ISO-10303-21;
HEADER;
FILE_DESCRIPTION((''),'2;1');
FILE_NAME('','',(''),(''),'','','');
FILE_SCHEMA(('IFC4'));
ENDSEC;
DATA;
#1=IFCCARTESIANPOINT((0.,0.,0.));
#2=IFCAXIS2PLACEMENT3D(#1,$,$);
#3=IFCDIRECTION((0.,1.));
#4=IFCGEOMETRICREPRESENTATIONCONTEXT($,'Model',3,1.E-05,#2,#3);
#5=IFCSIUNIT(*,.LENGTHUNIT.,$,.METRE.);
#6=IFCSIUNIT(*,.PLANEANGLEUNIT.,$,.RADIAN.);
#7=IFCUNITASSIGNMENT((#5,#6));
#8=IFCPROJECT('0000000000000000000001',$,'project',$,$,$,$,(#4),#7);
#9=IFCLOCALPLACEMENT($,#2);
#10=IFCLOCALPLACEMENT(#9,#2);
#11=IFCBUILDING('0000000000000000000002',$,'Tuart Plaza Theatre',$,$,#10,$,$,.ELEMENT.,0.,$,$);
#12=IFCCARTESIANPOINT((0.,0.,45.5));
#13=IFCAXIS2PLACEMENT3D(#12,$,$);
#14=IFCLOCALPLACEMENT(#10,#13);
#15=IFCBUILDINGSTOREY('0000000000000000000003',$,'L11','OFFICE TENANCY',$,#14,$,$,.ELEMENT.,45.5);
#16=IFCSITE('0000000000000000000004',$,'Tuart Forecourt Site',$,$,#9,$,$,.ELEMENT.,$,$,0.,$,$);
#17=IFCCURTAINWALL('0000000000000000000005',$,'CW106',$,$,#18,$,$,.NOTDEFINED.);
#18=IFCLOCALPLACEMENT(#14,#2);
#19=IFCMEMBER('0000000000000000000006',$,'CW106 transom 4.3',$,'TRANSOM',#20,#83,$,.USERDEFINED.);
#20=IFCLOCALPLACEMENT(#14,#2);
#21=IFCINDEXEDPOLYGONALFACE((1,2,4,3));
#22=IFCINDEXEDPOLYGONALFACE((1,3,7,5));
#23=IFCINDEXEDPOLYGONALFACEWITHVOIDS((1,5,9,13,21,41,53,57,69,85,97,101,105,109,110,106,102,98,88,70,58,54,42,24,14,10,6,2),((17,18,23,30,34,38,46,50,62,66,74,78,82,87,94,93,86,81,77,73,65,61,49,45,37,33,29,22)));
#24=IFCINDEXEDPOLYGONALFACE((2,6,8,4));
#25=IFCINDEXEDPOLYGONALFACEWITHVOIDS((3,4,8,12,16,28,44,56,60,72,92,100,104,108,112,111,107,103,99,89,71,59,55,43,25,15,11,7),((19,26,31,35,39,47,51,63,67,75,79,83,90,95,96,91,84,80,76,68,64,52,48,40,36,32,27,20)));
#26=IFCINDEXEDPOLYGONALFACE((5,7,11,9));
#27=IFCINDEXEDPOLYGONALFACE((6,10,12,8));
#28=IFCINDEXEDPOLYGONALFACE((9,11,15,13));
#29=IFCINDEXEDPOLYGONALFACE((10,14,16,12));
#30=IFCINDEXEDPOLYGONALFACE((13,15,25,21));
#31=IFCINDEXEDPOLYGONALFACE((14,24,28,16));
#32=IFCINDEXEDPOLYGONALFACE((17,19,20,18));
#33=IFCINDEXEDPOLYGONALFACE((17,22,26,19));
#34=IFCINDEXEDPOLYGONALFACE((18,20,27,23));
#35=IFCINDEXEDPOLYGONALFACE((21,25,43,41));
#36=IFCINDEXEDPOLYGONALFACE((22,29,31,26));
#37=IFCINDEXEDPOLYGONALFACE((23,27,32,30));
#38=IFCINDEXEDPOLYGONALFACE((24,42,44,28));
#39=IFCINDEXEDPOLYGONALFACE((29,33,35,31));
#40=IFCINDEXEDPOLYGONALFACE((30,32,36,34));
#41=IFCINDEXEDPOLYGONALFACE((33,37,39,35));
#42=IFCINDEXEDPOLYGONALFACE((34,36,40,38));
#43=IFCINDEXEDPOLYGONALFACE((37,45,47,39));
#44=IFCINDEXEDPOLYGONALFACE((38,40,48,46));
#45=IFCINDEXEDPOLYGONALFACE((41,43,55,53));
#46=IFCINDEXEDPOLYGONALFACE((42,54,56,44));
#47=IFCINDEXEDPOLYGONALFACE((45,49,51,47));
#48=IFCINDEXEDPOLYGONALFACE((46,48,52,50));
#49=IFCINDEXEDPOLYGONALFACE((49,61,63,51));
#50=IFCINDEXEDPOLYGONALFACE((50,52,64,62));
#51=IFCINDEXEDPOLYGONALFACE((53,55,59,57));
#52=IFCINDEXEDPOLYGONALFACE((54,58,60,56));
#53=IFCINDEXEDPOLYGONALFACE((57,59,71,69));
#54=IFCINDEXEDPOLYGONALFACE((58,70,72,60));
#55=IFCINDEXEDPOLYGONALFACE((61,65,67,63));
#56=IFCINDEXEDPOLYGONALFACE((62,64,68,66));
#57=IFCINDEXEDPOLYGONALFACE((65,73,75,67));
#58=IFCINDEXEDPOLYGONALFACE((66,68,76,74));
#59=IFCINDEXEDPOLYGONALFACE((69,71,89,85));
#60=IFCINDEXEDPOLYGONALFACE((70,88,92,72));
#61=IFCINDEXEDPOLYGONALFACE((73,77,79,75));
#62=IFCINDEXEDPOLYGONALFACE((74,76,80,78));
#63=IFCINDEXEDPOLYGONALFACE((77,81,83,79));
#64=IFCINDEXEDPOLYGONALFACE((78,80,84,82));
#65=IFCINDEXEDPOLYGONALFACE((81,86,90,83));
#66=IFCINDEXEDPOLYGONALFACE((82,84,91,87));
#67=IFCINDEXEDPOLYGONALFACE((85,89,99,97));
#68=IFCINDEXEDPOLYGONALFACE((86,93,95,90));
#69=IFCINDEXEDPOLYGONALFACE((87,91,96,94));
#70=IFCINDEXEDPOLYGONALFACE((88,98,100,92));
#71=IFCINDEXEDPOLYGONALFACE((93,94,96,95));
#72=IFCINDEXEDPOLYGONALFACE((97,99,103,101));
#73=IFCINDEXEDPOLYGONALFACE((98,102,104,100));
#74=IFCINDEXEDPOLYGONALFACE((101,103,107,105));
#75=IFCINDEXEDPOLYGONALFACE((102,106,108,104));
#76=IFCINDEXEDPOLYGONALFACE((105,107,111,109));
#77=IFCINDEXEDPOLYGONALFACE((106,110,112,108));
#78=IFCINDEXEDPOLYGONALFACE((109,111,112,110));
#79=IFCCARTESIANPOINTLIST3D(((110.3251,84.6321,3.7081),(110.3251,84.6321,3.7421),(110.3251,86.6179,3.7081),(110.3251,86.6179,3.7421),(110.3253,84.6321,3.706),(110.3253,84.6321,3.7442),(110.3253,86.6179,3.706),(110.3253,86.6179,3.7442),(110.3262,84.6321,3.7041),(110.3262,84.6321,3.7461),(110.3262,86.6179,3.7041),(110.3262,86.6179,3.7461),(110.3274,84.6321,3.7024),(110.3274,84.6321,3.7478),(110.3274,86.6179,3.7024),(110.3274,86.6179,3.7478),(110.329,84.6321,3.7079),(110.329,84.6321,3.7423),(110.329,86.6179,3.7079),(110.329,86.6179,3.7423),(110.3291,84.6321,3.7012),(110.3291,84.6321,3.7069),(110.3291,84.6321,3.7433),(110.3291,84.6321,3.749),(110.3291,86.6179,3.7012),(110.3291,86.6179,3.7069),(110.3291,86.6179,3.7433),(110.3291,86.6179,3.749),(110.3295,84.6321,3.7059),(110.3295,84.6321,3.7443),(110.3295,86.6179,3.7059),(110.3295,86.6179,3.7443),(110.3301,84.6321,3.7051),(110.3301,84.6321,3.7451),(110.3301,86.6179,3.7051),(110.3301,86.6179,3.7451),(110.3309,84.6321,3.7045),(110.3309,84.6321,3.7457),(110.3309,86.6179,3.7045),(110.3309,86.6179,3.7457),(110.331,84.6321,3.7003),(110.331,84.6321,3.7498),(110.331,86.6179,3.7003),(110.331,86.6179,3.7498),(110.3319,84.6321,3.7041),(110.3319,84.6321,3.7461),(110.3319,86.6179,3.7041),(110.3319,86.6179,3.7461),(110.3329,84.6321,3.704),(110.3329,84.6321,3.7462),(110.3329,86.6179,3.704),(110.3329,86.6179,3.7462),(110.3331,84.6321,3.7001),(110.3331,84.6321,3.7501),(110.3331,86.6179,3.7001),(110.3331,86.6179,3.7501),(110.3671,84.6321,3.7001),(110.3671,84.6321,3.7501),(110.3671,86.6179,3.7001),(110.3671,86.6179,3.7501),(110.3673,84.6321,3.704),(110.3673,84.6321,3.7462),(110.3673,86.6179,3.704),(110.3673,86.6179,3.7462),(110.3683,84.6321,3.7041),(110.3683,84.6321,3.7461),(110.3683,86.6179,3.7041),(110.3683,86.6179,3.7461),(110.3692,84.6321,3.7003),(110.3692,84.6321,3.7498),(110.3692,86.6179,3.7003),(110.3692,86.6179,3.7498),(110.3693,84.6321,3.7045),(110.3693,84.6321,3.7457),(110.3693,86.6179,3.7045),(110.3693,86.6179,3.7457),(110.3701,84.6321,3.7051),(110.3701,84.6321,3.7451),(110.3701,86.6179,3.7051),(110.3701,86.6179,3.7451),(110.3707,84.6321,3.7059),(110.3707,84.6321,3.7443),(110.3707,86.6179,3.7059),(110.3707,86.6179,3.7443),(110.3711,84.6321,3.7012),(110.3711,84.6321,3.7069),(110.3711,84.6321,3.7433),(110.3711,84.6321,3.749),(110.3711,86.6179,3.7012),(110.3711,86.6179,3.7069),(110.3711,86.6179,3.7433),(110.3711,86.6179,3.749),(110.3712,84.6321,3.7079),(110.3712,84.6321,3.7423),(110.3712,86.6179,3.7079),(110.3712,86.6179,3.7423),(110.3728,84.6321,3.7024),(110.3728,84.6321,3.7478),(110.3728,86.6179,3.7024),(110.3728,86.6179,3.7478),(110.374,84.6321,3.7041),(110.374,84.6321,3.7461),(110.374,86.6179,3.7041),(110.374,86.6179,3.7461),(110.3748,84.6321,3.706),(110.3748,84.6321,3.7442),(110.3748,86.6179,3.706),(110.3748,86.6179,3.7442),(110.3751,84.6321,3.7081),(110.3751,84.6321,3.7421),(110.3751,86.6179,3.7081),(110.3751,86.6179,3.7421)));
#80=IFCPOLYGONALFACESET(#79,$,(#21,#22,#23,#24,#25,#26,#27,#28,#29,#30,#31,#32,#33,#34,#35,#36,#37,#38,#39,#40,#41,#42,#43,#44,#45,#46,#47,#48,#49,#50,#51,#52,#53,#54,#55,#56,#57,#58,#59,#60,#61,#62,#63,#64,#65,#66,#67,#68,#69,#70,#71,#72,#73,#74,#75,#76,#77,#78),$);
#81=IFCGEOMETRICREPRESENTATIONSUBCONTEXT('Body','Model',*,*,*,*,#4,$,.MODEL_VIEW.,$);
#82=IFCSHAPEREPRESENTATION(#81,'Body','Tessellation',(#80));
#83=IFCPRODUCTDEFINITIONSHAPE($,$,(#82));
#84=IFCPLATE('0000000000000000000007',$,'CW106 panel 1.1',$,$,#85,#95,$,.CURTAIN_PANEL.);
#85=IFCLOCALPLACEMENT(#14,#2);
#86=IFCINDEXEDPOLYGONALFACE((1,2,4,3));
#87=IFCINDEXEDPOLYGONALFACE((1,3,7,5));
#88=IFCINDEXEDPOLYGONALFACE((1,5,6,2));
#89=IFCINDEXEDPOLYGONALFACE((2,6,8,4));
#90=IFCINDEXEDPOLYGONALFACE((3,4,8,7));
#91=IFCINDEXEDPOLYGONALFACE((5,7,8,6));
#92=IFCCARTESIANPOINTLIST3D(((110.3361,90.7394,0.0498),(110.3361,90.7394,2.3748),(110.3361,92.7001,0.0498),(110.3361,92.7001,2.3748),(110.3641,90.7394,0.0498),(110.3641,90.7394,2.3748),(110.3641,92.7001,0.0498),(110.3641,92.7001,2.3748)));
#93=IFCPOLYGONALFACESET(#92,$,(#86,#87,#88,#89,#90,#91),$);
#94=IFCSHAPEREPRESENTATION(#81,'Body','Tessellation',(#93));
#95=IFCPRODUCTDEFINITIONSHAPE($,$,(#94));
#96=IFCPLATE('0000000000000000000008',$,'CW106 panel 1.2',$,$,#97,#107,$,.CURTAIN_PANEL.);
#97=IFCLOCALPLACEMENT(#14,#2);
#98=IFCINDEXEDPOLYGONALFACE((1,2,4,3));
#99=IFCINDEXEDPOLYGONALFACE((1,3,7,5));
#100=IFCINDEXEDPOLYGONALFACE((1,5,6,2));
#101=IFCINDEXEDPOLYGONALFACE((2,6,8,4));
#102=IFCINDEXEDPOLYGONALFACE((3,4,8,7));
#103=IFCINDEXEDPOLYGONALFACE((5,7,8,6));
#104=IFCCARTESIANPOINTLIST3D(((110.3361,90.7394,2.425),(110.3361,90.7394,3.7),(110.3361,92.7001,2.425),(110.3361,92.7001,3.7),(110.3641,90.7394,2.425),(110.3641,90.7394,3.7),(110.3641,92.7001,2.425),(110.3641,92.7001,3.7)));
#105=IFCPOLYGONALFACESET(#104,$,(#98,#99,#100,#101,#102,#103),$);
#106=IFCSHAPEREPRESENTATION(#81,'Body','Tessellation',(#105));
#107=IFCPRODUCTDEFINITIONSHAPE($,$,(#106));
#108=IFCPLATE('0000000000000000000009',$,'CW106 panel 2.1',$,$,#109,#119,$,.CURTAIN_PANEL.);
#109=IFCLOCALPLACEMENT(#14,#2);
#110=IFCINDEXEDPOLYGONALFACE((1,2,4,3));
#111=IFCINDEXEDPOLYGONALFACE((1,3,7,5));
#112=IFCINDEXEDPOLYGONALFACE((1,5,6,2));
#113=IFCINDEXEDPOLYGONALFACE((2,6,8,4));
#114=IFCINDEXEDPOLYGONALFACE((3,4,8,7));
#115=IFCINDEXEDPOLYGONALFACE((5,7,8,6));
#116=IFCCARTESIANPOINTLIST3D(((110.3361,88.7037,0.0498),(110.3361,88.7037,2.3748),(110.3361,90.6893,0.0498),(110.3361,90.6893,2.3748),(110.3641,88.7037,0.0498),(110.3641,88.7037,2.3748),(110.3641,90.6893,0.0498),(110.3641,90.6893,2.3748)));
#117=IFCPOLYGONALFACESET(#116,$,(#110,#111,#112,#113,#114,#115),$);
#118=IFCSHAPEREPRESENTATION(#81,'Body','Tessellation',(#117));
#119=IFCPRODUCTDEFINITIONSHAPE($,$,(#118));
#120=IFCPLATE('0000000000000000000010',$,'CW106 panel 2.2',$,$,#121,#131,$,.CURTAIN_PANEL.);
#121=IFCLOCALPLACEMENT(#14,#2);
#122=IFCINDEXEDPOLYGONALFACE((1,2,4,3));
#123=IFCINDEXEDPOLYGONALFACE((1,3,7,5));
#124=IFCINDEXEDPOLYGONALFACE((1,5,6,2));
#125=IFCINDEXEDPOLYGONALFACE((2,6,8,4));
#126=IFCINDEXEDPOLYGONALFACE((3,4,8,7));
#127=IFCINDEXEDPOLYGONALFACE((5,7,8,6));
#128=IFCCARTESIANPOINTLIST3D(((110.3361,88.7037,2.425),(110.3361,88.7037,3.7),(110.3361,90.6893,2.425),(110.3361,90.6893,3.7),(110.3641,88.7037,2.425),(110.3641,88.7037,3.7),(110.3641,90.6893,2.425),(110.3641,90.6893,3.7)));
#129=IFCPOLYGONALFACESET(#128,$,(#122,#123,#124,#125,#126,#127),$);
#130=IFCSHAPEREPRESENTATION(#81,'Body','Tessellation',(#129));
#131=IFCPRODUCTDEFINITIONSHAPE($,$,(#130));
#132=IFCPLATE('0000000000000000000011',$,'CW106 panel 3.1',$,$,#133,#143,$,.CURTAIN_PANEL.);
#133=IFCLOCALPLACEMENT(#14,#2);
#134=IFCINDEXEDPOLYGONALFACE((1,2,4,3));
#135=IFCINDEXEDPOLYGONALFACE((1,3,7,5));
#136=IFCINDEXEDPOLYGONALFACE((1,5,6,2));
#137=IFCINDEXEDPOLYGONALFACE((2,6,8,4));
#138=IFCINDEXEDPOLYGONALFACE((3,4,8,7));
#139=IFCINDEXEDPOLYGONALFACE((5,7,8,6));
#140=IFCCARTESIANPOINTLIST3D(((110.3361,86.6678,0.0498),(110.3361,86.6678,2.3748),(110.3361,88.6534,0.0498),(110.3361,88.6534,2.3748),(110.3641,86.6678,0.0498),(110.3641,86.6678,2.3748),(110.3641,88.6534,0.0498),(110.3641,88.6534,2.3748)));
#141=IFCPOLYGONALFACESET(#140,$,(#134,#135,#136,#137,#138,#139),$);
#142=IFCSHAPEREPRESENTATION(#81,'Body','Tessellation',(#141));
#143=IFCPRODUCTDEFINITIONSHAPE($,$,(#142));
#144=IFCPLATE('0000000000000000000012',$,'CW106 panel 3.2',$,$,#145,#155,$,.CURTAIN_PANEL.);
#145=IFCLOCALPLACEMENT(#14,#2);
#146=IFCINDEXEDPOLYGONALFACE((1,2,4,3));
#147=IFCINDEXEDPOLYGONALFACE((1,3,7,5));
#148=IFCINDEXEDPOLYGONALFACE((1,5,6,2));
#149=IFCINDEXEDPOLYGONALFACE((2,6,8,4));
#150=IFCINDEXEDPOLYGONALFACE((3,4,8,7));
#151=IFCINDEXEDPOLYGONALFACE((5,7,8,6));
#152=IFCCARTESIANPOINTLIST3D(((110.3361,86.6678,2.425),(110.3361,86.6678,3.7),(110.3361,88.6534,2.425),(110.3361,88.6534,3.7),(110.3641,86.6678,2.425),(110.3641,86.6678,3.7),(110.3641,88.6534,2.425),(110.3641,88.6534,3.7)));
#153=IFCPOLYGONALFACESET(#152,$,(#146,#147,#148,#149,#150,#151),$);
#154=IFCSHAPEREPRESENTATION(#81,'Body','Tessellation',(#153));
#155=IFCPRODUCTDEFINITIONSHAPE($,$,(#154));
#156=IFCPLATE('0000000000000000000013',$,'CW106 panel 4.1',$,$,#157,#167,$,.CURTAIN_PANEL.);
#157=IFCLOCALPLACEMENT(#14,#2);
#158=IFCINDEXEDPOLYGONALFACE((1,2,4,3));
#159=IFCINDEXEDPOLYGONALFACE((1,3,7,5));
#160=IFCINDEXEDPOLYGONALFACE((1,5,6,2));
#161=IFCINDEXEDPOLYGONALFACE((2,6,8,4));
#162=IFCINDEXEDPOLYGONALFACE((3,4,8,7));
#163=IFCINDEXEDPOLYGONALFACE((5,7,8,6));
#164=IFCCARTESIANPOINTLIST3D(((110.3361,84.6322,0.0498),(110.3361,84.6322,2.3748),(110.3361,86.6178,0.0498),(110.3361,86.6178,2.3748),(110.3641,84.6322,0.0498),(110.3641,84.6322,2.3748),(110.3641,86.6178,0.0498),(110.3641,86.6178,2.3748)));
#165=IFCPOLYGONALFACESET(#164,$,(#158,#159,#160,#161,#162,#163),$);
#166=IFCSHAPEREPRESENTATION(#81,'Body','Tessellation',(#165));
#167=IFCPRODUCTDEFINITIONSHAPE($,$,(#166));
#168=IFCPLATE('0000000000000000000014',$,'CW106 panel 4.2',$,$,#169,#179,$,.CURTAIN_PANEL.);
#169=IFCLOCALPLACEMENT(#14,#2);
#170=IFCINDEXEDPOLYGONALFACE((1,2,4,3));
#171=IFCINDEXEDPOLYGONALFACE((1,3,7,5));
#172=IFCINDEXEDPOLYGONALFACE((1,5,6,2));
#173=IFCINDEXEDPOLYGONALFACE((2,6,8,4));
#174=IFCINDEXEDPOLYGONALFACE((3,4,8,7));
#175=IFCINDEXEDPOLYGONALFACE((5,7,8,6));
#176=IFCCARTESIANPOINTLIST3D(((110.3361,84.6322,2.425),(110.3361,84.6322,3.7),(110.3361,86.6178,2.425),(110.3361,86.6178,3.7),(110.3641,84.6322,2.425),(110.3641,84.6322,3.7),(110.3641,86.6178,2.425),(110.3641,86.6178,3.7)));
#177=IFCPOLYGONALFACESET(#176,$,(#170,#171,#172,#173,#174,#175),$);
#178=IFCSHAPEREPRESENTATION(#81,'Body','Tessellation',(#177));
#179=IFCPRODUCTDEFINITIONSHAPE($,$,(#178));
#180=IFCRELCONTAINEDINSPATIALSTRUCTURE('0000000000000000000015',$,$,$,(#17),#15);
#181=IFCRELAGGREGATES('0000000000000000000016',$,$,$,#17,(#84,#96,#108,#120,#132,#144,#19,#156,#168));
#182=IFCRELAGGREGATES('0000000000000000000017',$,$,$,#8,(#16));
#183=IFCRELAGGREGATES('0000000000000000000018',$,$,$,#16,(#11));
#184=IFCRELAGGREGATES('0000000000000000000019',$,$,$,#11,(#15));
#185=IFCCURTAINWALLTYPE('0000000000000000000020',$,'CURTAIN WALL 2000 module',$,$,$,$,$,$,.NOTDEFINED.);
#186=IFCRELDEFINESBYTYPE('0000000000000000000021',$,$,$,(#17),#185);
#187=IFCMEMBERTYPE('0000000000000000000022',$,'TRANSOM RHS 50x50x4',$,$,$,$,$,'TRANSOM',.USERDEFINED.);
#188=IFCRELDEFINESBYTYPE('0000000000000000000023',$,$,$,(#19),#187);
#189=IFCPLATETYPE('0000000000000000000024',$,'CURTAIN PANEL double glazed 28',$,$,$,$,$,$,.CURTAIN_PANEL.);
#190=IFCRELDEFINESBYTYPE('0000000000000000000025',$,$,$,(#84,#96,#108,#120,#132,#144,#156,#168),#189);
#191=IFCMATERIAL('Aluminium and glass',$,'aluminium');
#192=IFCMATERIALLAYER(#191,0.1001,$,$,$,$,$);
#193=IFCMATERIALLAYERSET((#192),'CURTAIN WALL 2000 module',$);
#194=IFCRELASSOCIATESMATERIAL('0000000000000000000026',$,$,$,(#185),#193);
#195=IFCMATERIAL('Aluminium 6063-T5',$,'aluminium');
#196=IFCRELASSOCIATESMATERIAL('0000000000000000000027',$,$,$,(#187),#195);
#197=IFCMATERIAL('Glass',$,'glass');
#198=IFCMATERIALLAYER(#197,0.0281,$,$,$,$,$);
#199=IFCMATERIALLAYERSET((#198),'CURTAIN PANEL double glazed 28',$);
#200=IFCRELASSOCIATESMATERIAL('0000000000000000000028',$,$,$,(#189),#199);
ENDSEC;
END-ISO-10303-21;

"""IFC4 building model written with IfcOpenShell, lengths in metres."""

from ifc_helpers import new_model, si_unit, direction, frame, origin, origin_2d, place, context, subcontext, project, spatial, rectangle, hollow_rectangle, extrude, material, layer, layer_set, material_profile, profile_set, type_object, element, aggregate, save


model = new_model("IFC4")

# Units and contexts
model_context = context("Model", 3, precision=1e-05, world=origin(), true_north=direction((0.0, 1.0)))
body_context = subcontext(model_context, "Body", "Model", "MODEL_VIEW")
ifc_project = project(units=[si_unit("LENGTHUNIT", "METRE"), si_unit("PLANEANGLEUNIT", "RADIAN")], contexts=[model_context])

# Site, building, storey
site_placement = place(None, origin())
site = spatial("IfcSite", under=ifc_project, at=site_placement, Name="Tuart Forecourt Site", CompositionType="ELEMENT", RefElevation=0.0)
building_placement = place(site_placement, origin())
building = spatial("IfcBuilding", under=site, at=building_placement, Name="Tuart Plaza Theatre", CompositionType="ELEMENT", ElevationOfRefHeight=0.0)
storey_placement = place(building_placement, frame((0.0, 0.0, 45.5)))
storey = spatial("IfcBuildingStorey", under=building, at=storey_placement, Name="L11", Description="OFFICE TENANCY", CompositionType="ELEMENT", Elevation=45.5)

# Curtain wall, member, plates
ifc_material_1 = material(Name="Aluminium and glass", Category="aluminium")
ifc_layer_1 = layer(ifc_material_1, 0.1001)
ifc_layer_set_1 = layer_set([ifc_layer_1], Name="CURTAIN WALL 2000 module")
curtain_wall_type = type_object("IfcCurtainWallType", Name="CURTAIN WALL 2000 module", PredefinedType="NOTDEFINED", material=ifc_layer_set_1)
curtain_wall_placement = place(storey_placement, origin())
curtain_wall = element("IfcCurtainWall", 1, at=curtain_wall_placement, inside=storey, type_object=curtain_wall_type, Name="CW106", PredefinedType="NOTDEFINED")
ifc_material_2 = material(Name="Aluminium 6063-T5", Category="aluminium")
ifc_material_profile_1 = material_profile(ifc_material_2, hollow_rectangle(XDim=0.05, YDim=0.05, WallThickness=0.0039, InnerFilletRadius=0.0039, OuterFilletRadius=0.0081, at=origin_2d()), Name="RHS 50x50x4")
ifc_profile_set_1 = profile_set([ifc_material_profile_1], Name="Aluminium 6063-T5")
member_type_1 = type_object("IfcMemberType", Name="TRANSOM RHS 50x50x4", ElementType="TRANSOM", PredefinedType="USERDEFINED", material=ifc_profile_set_1)
member_1_placement = place(storey_placement, frame((110.3501, 86.6179, 3.7251), z_axis=(0.0, -1.0, 0.0), x_axis=(1.0, 0.0, 0.0)))
member_1 = element("IfcMember", 2, at=member_1_placement, type_object=member_type_1, Name="CW106 transom 4.3", ObjectType="TRANSOM", PredefinedType="USERDEFINED", context=body_context, shape_type="SweptSolid", body=[
    extrude(hollow_rectangle(XDim=0.05, YDim=0.05, WallThickness=0.0039, InnerFilletRadius=0.0039, OuterFilletRadius=0.0081, at=origin_2d()), origin(), (0.0, 0.0, 1.0), 1.9858),
])
ifc_material_3 = material(Name="Glass", Category="glass")
ifc_layer_2 = layer(ifc_material_3, 0.0281)
ifc_layer_set_2 = layer_set([ifc_layer_2], Name="CURTAIN PANEL double glazed 28")
plate_type = type_object("IfcPlateType", Name="CURTAIN PANEL double glazed 28", PredefinedType="CURTAIN_PANEL", material=ifc_layer_set_2)
plate_1_placement = place(storey_placement, frame((110.3501, 91.7197, 0.0498), z_axis=(0.0, 0.0, 1.0), x_axis=(0.0, -1.0, 0.0)))
plate_1 = element("IfcPlate", 3, at=plate_1_placement, type_object=plate_type, Name="CW106 panel 1.1", PredefinedType="CURTAIN_PANEL", context=body_context, shape_type="SweptSolid", body=[
    extrude(rectangle(XDim=1.9607, YDim=0.0281, at=origin_2d()), origin(), (0.0, 0.0, 1.0), 2.325),
])
plate_2_placement = place(storey_placement, frame((110.3501, 91.7197, 2.425), z_axis=(0.0, 0.0, 1.0), x_axis=(0.0, -1.0, 0.0)))
plate_2 = element("IfcPlate", 4, at=plate_2_placement, type_object=plate_type, Name="CW106 panel 1.2", PredefinedType="CURTAIN_PANEL", context=body_context, shape_type="SweptSolid", body=[
    extrude(rectangle(XDim=1.9607, YDim=0.0281, at=origin_2d()), origin(), (0.0, 0.0, 1.0), 1.2749),
])
plate_3_placement = place(storey_placement, frame((110.3501, 89.6965, 0.0498), z_axis=(0.0, 0.0, 1.0), x_axis=(0.0, -1.0, 0.0)))
plate_3 = element("IfcPlate", 5, at=plate_3_placement, type_object=plate_type, Name="CW106 panel 2.1", PredefinedType="CURTAIN_PANEL", context=body_context, shape_type="SweptSolid", body=[
    extrude(rectangle(XDim=1.9856, YDim=0.0281, at=origin_2d()), origin(), (0.0, 0.0, 1.0), 2.325),
])
plate_4_placement = place(storey_placement, frame((110.3501, 89.6965, 2.425), z_axis=(0.0, 0.0, 1.0), x_axis=(0.0, -1.0, 0.0)))
plate_4 = element("IfcPlate", 6, at=plate_4_placement, type_object=plate_type, Name="CW106 panel 2.2", PredefinedType="CURTAIN_PANEL", context=body_context, shape_type="SweptSolid", body=[
    extrude(rectangle(XDim=1.9856, YDim=0.0281, at=origin_2d()), origin(), (0.0, 0.0, 1.0), 1.2749),
])
plate_5_placement = place(storey_placement, frame((110.3501, 87.6606, 0.0498), z_axis=(0.0, 0.0, 1.0), x_axis=(0.0, -1.0, 0.0)))
plate_5 = element("IfcPlate", 7, at=plate_5_placement, type_object=plate_type, Name="CW106 panel 3.1", PredefinedType="CURTAIN_PANEL", context=body_context, shape_type="SweptSolid", body=[
    extrude(rectangle(XDim=1.9856, YDim=0.0281, at=origin_2d()), origin(), (0.0, 0.0, 1.0), 2.325),
])
plate_6_placement = place(storey_placement, frame((110.3501, 87.6606, 2.425), z_axis=(0.0, 0.0, 1.0), x_axis=(0.0, -1.0, 0.0)))
plate_6 = element("IfcPlate", 8, at=plate_6_placement, type_object=plate_type, Name="CW106 panel 3.2", PredefinedType="CURTAIN_PANEL", context=body_context, shape_type="SweptSolid", body=[
    extrude(rectangle(XDim=1.9856, YDim=0.0281, at=origin_2d()), origin(), (0.0, 0.0, 1.0), 1.2749),
])
plate_7_placement = place(storey_placement, frame((110.3501, 85.625, 0.0498), z_axis=(0.0, 0.0, 1.0), x_axis=(0.0, -1.0, 0.0)))
plate_7 = element("IfcPlate", 9, at=plate_7_placement, type_object=plate_type, Name="CW106 panel 4.1", PredefinedType="CURTAIN_PANEL", context=body_context, shape_type="SweptSolid", body=[
    extrude(rectangle(XDim=1.9856, YDim=0.0281, at=origin_2d()), origin(), (0.0, 0.0, 1.0), 2.325),
])
plate_8_placement = place(storey_placement, frame((110.3501, 85.625, 2.425), z_axis=(0.0, 0.0, 1.0), x_axis=(0.0, -1.0, 0.0)))
plate_8 = element("IfcPlate", 10, at=plate_8_placement, type_object=plate_type, Name="CW106 panel 4.2", PredefinedType="CURTAIN_PANEL", context=body_context, shape_type="SweptSolid", body=[
    extrude(rectangle(XDim=1.9856, YDim=0.0281, at=origin_2d()), origin(), (0.0, 0.0, 1.0), 1.2749),
])
aggregate(curtain_wall, [plate_1, plate_2, plate_3, plate_4, plate_5, plate_6, member_1, plate_7, plate_8])

save(model, "model.ifc")
